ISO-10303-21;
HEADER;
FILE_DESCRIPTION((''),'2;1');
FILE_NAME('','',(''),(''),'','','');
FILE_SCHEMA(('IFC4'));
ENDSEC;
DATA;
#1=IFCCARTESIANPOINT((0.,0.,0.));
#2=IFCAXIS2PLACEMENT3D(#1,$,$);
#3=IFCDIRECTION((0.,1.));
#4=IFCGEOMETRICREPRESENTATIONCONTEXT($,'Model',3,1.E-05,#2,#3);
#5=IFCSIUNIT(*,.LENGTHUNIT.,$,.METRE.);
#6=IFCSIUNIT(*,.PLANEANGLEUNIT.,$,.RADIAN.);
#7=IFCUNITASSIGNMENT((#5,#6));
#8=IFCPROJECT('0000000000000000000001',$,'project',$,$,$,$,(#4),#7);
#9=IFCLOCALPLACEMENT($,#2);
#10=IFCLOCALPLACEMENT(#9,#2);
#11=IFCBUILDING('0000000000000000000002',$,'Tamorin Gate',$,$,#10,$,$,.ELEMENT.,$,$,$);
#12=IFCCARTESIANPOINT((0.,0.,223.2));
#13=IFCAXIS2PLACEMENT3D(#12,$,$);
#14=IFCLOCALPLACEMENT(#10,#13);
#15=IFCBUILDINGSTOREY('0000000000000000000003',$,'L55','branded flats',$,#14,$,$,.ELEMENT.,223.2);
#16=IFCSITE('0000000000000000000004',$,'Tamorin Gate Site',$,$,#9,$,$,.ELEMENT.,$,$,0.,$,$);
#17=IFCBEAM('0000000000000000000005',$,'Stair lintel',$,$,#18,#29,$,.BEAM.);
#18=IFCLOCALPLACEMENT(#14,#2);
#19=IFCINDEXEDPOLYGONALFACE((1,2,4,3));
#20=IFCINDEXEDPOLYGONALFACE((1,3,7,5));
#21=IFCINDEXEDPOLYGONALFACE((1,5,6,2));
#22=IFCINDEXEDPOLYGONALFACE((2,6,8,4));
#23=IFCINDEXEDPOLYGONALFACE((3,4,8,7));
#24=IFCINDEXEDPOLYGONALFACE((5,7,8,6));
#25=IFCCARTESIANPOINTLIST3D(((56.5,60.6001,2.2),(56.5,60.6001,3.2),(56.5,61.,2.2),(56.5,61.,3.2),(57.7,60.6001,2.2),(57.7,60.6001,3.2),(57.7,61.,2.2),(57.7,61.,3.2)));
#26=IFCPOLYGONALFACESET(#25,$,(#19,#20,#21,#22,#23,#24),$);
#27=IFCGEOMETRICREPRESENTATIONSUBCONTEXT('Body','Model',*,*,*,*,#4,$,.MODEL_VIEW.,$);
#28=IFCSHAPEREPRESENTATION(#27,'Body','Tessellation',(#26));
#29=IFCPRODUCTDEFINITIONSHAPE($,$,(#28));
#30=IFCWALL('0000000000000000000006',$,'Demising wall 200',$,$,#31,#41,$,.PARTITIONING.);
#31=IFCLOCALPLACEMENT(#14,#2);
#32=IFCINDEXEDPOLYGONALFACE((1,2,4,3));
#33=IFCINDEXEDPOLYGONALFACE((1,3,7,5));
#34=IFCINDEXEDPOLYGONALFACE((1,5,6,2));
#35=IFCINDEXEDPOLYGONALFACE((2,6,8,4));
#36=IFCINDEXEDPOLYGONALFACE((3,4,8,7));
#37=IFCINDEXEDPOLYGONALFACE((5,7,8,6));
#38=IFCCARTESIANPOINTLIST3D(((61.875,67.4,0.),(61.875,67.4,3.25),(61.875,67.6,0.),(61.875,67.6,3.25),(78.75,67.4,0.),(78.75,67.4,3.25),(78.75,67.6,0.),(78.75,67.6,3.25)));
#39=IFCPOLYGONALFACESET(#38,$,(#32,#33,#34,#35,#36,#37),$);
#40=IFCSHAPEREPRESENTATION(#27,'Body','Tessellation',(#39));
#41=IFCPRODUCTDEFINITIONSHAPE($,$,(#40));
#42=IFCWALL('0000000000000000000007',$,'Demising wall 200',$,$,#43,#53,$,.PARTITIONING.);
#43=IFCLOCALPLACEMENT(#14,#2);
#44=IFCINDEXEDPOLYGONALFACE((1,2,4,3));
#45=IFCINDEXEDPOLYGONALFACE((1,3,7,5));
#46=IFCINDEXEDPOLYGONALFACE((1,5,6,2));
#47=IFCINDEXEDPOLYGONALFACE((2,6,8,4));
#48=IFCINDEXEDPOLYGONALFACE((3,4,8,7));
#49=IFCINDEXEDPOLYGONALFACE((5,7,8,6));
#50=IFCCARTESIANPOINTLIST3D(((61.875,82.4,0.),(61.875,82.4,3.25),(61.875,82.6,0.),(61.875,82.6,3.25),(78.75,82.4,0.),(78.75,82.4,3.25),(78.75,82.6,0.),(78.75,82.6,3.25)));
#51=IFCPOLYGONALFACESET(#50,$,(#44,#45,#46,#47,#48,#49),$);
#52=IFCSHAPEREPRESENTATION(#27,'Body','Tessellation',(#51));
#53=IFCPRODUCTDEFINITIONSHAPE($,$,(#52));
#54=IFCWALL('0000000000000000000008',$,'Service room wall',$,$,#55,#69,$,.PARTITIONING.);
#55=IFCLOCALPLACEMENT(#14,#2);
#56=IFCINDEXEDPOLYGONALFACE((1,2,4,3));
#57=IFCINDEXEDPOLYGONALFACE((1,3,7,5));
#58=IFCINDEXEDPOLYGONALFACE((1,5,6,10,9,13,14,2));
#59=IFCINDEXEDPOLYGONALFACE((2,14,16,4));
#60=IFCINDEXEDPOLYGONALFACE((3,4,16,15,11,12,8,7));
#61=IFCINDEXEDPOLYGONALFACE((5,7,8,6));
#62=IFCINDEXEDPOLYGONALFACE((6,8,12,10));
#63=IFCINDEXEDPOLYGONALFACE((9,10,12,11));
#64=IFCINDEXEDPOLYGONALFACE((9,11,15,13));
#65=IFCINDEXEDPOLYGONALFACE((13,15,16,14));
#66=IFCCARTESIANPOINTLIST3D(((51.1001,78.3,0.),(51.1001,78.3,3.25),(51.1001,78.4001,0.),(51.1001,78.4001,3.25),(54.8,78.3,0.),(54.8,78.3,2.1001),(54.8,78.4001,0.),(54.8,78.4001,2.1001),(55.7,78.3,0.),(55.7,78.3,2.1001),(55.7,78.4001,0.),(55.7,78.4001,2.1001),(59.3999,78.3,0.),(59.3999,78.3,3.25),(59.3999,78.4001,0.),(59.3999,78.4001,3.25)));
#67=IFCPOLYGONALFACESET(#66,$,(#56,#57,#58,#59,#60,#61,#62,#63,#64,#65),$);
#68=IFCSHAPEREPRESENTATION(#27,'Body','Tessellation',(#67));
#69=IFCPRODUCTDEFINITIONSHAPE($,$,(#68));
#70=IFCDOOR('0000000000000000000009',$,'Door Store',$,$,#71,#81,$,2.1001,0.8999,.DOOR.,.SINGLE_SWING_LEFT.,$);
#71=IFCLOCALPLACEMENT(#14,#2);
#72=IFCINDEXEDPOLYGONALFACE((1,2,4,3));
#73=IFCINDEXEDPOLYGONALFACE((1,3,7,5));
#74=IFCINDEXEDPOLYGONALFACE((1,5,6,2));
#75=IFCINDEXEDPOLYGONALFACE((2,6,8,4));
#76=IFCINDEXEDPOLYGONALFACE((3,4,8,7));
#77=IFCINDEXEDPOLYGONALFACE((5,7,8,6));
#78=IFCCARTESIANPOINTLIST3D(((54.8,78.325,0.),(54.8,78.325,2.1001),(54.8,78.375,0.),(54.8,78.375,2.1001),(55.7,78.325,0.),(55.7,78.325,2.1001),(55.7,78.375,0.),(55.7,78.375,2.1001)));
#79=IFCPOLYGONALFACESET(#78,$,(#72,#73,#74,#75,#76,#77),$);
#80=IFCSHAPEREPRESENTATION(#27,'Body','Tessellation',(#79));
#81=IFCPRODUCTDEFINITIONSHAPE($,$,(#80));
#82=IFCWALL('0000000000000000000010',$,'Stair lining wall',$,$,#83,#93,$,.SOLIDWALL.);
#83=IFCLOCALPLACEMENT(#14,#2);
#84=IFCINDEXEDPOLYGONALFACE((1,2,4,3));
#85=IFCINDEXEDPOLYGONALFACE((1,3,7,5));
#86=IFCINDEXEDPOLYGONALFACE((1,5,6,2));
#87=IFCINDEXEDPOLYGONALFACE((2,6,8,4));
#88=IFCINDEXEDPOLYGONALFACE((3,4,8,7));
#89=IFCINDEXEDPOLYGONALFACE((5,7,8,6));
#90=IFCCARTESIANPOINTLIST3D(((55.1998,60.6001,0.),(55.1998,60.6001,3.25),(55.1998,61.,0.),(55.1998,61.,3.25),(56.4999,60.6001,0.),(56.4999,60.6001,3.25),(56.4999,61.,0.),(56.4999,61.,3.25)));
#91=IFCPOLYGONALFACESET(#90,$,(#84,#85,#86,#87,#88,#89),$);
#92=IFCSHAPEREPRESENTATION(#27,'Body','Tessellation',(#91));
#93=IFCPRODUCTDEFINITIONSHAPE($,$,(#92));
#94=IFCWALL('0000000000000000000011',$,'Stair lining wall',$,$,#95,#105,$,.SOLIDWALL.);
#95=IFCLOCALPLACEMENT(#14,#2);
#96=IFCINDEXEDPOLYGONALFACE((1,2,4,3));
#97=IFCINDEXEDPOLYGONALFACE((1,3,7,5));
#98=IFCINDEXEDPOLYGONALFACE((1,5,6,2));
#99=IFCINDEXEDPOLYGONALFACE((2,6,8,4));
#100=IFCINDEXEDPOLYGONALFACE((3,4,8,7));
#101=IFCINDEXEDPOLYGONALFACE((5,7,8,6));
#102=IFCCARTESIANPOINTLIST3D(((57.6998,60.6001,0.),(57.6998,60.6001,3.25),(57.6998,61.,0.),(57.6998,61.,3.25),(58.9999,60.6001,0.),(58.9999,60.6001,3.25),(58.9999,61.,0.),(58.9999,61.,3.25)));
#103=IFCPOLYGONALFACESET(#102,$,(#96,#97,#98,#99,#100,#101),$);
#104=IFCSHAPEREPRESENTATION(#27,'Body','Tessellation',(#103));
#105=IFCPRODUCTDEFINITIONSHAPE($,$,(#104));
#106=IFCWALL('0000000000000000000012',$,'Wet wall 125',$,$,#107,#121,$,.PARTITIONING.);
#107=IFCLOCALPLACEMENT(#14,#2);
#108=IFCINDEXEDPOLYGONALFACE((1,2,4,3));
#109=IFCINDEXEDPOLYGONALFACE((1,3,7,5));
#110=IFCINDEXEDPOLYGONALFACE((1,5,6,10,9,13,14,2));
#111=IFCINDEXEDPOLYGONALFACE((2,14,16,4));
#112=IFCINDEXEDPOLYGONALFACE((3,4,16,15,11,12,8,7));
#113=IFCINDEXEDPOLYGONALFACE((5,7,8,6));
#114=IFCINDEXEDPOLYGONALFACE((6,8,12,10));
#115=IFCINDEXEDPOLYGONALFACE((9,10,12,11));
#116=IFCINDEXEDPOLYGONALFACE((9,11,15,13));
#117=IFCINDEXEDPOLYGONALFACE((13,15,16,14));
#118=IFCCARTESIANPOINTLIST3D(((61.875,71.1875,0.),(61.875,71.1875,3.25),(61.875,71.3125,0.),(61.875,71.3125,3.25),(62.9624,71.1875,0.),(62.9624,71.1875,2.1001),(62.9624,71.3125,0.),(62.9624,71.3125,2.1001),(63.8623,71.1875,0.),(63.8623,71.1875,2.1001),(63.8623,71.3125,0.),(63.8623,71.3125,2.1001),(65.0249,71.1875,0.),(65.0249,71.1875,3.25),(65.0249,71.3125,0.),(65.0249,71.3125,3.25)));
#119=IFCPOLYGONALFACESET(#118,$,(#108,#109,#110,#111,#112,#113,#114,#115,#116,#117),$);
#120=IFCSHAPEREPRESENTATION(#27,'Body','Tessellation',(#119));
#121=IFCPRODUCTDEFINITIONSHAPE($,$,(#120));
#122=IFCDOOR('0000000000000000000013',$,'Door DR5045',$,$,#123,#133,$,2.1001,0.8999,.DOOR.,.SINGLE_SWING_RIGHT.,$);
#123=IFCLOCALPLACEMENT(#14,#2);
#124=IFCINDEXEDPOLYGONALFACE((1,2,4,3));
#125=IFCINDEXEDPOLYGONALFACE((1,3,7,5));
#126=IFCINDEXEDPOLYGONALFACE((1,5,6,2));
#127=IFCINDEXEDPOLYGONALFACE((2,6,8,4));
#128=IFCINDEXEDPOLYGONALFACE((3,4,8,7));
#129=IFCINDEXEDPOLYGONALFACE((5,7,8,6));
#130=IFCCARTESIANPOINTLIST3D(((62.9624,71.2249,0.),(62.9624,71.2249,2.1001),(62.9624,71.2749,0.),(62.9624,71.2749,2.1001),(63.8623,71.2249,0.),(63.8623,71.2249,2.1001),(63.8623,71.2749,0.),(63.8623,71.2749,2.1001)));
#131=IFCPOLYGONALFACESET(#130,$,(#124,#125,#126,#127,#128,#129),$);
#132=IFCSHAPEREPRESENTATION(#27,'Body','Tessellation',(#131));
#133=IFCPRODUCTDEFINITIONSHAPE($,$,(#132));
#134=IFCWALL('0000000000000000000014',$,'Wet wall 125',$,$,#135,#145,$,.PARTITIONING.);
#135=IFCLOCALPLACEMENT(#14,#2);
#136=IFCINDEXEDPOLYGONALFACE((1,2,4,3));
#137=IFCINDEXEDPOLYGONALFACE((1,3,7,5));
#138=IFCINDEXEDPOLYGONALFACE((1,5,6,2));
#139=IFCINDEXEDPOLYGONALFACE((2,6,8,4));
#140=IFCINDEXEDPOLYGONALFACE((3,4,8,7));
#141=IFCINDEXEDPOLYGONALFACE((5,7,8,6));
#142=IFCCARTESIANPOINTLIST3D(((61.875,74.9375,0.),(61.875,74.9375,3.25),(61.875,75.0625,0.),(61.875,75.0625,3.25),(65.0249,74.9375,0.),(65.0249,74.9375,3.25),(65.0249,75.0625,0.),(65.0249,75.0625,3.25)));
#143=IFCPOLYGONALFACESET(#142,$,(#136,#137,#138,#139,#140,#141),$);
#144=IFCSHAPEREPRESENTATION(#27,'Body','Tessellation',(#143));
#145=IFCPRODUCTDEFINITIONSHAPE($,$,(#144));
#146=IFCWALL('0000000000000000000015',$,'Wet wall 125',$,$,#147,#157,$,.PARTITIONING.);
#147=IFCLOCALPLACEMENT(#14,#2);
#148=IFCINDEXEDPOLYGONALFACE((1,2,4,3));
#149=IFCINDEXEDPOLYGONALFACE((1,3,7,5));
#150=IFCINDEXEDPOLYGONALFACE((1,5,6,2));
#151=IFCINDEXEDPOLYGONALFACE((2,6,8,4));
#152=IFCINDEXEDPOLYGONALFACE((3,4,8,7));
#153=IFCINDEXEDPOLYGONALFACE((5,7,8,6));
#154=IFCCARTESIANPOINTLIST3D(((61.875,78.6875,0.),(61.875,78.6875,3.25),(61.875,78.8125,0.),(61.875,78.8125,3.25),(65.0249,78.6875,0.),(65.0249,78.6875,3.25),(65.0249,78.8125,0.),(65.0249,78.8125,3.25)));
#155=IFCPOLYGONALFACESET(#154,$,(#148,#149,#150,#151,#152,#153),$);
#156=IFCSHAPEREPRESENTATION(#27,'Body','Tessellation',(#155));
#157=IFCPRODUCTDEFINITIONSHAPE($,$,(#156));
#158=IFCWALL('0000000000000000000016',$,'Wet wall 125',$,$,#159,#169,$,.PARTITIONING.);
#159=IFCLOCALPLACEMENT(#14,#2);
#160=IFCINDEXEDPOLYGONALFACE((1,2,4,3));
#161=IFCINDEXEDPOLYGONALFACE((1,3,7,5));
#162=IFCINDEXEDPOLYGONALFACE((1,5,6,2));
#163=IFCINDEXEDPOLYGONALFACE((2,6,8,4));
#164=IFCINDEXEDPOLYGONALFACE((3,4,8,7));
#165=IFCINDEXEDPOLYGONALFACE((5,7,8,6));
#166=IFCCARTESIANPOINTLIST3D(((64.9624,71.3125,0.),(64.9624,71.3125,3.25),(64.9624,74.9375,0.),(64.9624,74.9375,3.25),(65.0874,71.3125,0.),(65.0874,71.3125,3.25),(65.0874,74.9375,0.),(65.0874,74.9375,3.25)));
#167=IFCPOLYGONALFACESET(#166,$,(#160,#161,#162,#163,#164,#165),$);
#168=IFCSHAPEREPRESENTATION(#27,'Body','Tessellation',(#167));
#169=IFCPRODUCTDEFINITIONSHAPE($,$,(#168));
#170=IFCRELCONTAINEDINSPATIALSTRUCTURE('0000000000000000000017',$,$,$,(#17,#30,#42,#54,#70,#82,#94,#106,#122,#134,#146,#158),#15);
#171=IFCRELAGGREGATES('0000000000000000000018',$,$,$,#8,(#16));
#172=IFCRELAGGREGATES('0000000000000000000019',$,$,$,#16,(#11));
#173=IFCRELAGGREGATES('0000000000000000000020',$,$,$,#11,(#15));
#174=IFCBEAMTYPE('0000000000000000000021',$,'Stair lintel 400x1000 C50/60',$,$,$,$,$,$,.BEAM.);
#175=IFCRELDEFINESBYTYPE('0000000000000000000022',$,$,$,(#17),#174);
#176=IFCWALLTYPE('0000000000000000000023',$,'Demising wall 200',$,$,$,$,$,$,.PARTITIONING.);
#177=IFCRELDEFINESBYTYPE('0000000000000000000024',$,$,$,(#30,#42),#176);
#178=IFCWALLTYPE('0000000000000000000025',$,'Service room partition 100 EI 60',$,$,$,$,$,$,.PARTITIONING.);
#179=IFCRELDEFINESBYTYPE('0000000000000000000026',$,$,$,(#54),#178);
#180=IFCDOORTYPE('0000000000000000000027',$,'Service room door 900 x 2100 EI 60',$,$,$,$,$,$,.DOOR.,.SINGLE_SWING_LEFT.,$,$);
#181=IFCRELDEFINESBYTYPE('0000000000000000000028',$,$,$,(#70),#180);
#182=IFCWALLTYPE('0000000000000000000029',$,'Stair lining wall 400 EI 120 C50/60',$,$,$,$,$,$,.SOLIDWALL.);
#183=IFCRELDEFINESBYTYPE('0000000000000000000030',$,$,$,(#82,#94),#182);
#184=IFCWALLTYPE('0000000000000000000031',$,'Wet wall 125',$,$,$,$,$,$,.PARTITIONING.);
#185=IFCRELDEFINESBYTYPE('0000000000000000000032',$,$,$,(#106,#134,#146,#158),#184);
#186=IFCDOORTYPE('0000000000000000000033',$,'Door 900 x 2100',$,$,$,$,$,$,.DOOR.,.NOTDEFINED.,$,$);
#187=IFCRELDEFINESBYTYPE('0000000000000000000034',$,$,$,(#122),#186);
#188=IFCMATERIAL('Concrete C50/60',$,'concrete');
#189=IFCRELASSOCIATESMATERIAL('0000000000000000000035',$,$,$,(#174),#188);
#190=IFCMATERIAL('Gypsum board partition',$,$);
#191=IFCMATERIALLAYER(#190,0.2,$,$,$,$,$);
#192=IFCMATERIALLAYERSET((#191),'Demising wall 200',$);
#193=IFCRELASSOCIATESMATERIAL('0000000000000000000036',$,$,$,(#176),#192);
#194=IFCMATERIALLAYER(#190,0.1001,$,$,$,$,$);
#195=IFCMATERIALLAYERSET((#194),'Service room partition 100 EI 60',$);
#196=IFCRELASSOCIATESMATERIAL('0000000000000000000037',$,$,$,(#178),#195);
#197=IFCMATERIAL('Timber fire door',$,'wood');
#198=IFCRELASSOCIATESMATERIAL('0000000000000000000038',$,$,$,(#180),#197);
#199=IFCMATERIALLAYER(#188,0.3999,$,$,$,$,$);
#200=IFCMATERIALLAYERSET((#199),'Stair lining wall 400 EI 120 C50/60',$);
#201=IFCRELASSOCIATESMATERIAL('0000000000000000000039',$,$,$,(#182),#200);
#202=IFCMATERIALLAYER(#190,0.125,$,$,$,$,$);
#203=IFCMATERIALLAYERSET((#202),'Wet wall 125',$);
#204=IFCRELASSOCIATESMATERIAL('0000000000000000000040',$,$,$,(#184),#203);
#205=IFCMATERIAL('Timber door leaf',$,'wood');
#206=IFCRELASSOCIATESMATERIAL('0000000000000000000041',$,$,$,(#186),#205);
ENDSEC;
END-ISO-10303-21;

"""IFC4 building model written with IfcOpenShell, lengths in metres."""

from ifc_helpers import new_model, si_unit, direction, frame, frame_2d, origin, origin_2d, place, context, subcontext, project, spatial, rectangle, extrude, material, layer, layer_set, material_profile, profile_set, type_object, element, fill, save


model = new_model("IFC4")

# Units and contexts
model_context = context("Model", 3, precision=1e-05, world=origin(), true_north=direction((0.0, 1.0)))
body_context = subcontext(model_context, "Body", "Model", "MODEL_VIEW")
ifc_project = project(units=[si_unit("LENGTHUNIT", "METRE"), si_unit("PLANEANGLEUNIT", "RADIAN")], contexts=[model_context])

# Site, building, storey
site_placement = place(None, origin())
site = spatial("IfcSite", under=ifc_project, at=site_placement, Name="Tamorin Gate Site", CompositionType="ELEMENT", RefElevation=0.0)
building_placement = place(site_placement, origin())
building = spatial("IfcBuilding", under=site, at=building_placement, Name="Tamorin Gate", CompositionType="ELEMENT")
storey_placement = place(building_placement, frame((0.0, 0.0, 223.2)))
storey = spatial("IfcBuildingStorey", under=building, at=storey_placement, Name="L55", Description="branded flats", CompositionType="ELEMENT", Elevation=223.2)

# Beam
ifc_material_1 = material(Name="Concrete C50/60", Category="concrete")
ifc_material_profile = material_profile(ifc_material_1, rectangle(XDim=0.3999, YDim=1.0, at=origin_2d()))
ifc_profile_set = profile_set([ifc_material_profile], Name="Concrete C50/60")
beam_type = type_object("IfcBeamType", Name="Stair lintel 400x1000 C50/60", PredefinedType="BEAM", material=ifc_profile_set)
beam_placement = place(storey_placement, frame((56.5, 60.8, 2.7), z_axis=(1.0, 0.0, 0.0), x_axis=(0.0, 1.0, 0.0)))
element("IfcBeam", 1, at=beam_placement, inside=storey, type_object=beam_type, Name="Stair lintel", PredefinedType="BEAM", context=body_context, shape_type="SweptSolid", body=[
    extrude(rectangle(XDim=0.3999, YDim=1.0, at=origin_2d()), origin(), (0.0, 0.0, 1.0), 1.2),
])

# Walls
ifc_material_2 = material(Name="Gypsum board partition")
ifc_layer_1 = layer(ifc_material_2, 0.2)
ifc_layer_set_1 = layer_set([ifc_layer_1], Name="Demising wall 200")
wall_type_1 = type_object("IfcWallType", Name="Demising wall 200", PredefinedType="PARTITIONING", material=ifc_layer_set_1)
for number, where, z_axis, x_axis, name in (
    (2, (61.875, 67.5, 0.0), (0.0, 0.0, 1.0), (1.0, 0.0, 0.0), "Demising wall 200"),
    (3, (61.875, 82.5, 0.0), (0.0, 0.0, 1.0), (1.0, 0.0, 0.0), "Demising wall 200"),
):
    element("IfcWall", number, at=place(storey_placement, frame(where, z_axis=z_axis, x_axis=x_axis)), inside=storey, type_object=wall_type_1, Name=name, PredefinedType="PARTITIONING", context=body_context, shape_type="SweptSolid", body=[
        extrude(rectangle(XDim=16.875, YDim=0.2, at=frame_2d((8.4375, 0.0))), origin(), (0.0, 0.0, 1.0), 3.25),
    ])

# Wall, opening, door
ifc_layer_2 = layer(ifc_material_2, 0.1001)
ifc_layer_set_2 = layer_set([ifc_layer_2], Name="Service room partition 100 EI 60")
wall_type_2 = type_object("IfcWallType", Name="Service room partition 100 EI 60", PredefinedType="PARTITIONING", material=ifc_layer_set_2)
wall_1_placement = place(storey_placement, frame((51.1001, 78.3501, 0.0), z_axis=(0.0, 0.0, 1.0), x_axis=(1.0, 0.0, 0.0)))
wall_1 = element("IfcWall", 4, at=wall_1_placement, inside=storey, type_object=wall_type_2, Name="Service room wall", PredefinedType="PARTITIONING", context=body_context, shape_type="SweptSolid", body=[
    extrude(rectangle(XDim=8.2998, YDim=0.1001, at=frame_2d((4.1499, 0.0))), origin(), (0.0, 0.0, 1.0), 3.25),
])
opening_1_placement = place(wall_1_placement, frame((3.7, 0.0, 0.0)))
opening_1 = element("IfcOpeningElement", 5, at=opening_1_placement, cuts=wall_1, PredefinedType="OPENING", context=body_context, shape_type="SweptSolid", body=[
    extrude(rectangle(XDim=0.8999, YDim=2.1001, at=frame_2d((0.45, 1.05))), frame((0.0, 0.0601, 0.0), z_axis=(0.0, -1.0, 0.0), x_axis=(1.0, 0.0, 0.0)), (0.0, 0.0, 1.0), 0.1201),
])
ifc_material_3 = material(Name="Timber fire door", Category="wood")
door_type_1 = type_object("IfcDoorType", Name="Service room door 900 x 2100 EI 60", OperationType="SINGLE_SWING_LEFT", PredefinedType="DOOR", material=ifc_material_3)
door_1_placement = place(opening_1_placement, origin())
door_1 = element("IfcDoor", 6, at=door_1_placement, inside=storey, type_object=door_type_1, Name="Door Store", OperationType="SINGLE_SWING_LEFT", OverallHeight=2.1001, OverallWidth=0.8999, PredefinedType="DOOR", context=body_context, shape_type="SweptSolid", body=[
    extrude(rectangle(XDim=0.8999, YDim=2.1001, at=frame_2d((0.45, 1.05))), frame((0.0, 0.0249, 0.0), z_axis=(0.0, -1.0, 0.0), x_axis=(1.0, 0.0, 0.0)), (0.0, 0.0, 1.0), 0.05),
])
fill(opening_1, door_1)

# Walls
ifc_layer_3 = layer(ifc_material_1, 0.3999)
ifc_layer_set_3 = layer_set([ifc_layer_3], Name="Stair lining wall 400 EI 120 C50/60")
wall_type_3 = type_object("IfcWallType", Name="Stair lining wall 400 EI 120 C50/60", PredefinedType="SOLIDWALL", material=ifc_layer_set_3)
for number, where, z_axis, x_axis, name in (
    (7, (55.2, 60.8, 0.0), (0.0, 0.0, 1.0), (1.0, 0.0, 0.0), "Stair lining wall"),
    (8, (57.7, 60.8, 0.0), (0.0, 0.0, 1.0), (1.0, 0.0, 0.0), "Stair lining wall"),
):
    element("IfcWall", number, at=place(storey_placement, frame(where, z_axis=z_axis, x_axis=x_axis)), inside=storey, type_object=wall_type_3, Name=name, PredefinedType="SOLIDWALL", context=body_context, shape_type="SweptSolid", body=[
        extrude(rectangle(XDim=1.3, YDim=0.3999, at=frame_2d((0.6499, 0.0))), origin(), (0.0, 0.0, 1.0), 3.25),
    ])

# Wall, opening, door
ifc_layer_4 = layer(ifc_material_2, 0.125)
ifc_layer_set_4 = layer_set([ifc_layer_4], Name="Wet wall 125")
wall_type_4 = type_object("IfcWallType", Name="Wet wall 125", PredefinedType="PARTITIONING", material=ifc_layer_set_4)
wall_2_placement = place(storey_placement, frame((61.875, 71.25, 0.0), z_axis=(0.0, 0.0, 1.0), x_axis=(1.0, 0.0, 0.0)))
wall_2 = element("IfcWall", 9, at=wall_2_placement, inside=storey, type_object=wall_type_4, Name="Wet wall 125", PredefinedType="PARTITIONING", context=body_context, shape_type="SweptSolid", body=[
    extrude(rectangle(XDim=3.1499, YDim=0.125, at=frame_2d((1.575, 0.0))), origin(), (0.0, 0.0, 1.0), 3.25),
])
opening_2_placement = place(wall_2_placement, frame((1.0874, 0.0, 0.0)))
opening_2 = element("IfcOpeningElement", 10, at=opening_2_placement, cuts=wall_2, PredefinedType="OPENING", context=body_context, shape_type="SweptSolid", body=[
    extrude(rectangle(XDim=0.8999, YDim=2.1001, at=frame_2d((0.45, 1.05))), frame((0.0, 0.0725, 0.0), z_axis=(0.0, -1.0, 0.0), x_axis=(1.0, 0.0, 0.0)), (0.0, 0.0, 1.0), 0.145),
])
ifc_material_4 = material(Name="Timber door leaf", Category="wood")
door_type_2 = type_object("IfcDoorType", Name="Door 900 x 2100", OperationType="NOTDEFINED", PredefinedType="DOOR", material=ifc_material_4)
door_2_placement = place(opening_2_placement, origin())
door_2 = element("IfcDoor", 11, at=door_2_placement, inside=storey, type_object=door_type_2, Name="Door DR5045", OperationType="SINGLE_SWING_RIGHT", OverallHeight=2.1001, OverallWidth=0.8999, PredefinedType="DOOR", context=body_context, shape_type="SweptSolid", body=[
    extrude(rectangle(XDim=0.8999, YDim=2.1001, at=frame_2d((0.45, 1.05))), frame((0.0, 0.0249, 0.0), z_axis=(0.0, -1.0, 0.0), x_axis=(1.0, 0.0, 0.0)), (0.0, 0.0, 1.0), 0.05),
])
fill(opening_2, door_2)

# Walls
for number, where, z_axis, x_axis, name in (
    (12, (61.875, 75.0, 0.0), (0.0, 0.0, 1.0), (1.0, 0.0, 0.0), "Wet wall 125"),
    (13, (61.875, 78.75, 0.0), (0.0, 0.0, 1.0), (1.0, 0.0, 0.0), "Wet wall 125"),
):
    element("IfcWall", number, at=place(storey_placement, frame(where, z_axis=z_axis, x_axis=x_axis)), inside=storey, type_object=wall_type_4, Name=name, PredefinedType="PARTITIONING", context=body_context, shape_type="SweptSolid", body=[
        extrude(rectangle(XDim=3.1499, YDim=0.125, at=frame_2d((1.575, 0.0))), origin(), (0.0, 0.0, 1.0), 3.25),
    ])
wall_3_placement = place(storey_placement, frame((65.0249, 71.3125, 0.0), z_axis=(0.0, 0.0, 1.0), x_axis=(0.0, 1.0, 0.0)))
element("IfcWall", 14, at=wall_3_placement, inside=storey, type_object=wall_type_4, Name="Wet wall 125", PredefinedType="PARTITIONING", context=body_context, shape_type="SweptSolid", body=[
    extrude(rectangle(XDim=3.625, YDim=0.125, at=frame_2d((1.8125, 0.0))), origin(), (0.0, 0.0, 1.0), 3.25),
])

save(model, "model.ifc")
